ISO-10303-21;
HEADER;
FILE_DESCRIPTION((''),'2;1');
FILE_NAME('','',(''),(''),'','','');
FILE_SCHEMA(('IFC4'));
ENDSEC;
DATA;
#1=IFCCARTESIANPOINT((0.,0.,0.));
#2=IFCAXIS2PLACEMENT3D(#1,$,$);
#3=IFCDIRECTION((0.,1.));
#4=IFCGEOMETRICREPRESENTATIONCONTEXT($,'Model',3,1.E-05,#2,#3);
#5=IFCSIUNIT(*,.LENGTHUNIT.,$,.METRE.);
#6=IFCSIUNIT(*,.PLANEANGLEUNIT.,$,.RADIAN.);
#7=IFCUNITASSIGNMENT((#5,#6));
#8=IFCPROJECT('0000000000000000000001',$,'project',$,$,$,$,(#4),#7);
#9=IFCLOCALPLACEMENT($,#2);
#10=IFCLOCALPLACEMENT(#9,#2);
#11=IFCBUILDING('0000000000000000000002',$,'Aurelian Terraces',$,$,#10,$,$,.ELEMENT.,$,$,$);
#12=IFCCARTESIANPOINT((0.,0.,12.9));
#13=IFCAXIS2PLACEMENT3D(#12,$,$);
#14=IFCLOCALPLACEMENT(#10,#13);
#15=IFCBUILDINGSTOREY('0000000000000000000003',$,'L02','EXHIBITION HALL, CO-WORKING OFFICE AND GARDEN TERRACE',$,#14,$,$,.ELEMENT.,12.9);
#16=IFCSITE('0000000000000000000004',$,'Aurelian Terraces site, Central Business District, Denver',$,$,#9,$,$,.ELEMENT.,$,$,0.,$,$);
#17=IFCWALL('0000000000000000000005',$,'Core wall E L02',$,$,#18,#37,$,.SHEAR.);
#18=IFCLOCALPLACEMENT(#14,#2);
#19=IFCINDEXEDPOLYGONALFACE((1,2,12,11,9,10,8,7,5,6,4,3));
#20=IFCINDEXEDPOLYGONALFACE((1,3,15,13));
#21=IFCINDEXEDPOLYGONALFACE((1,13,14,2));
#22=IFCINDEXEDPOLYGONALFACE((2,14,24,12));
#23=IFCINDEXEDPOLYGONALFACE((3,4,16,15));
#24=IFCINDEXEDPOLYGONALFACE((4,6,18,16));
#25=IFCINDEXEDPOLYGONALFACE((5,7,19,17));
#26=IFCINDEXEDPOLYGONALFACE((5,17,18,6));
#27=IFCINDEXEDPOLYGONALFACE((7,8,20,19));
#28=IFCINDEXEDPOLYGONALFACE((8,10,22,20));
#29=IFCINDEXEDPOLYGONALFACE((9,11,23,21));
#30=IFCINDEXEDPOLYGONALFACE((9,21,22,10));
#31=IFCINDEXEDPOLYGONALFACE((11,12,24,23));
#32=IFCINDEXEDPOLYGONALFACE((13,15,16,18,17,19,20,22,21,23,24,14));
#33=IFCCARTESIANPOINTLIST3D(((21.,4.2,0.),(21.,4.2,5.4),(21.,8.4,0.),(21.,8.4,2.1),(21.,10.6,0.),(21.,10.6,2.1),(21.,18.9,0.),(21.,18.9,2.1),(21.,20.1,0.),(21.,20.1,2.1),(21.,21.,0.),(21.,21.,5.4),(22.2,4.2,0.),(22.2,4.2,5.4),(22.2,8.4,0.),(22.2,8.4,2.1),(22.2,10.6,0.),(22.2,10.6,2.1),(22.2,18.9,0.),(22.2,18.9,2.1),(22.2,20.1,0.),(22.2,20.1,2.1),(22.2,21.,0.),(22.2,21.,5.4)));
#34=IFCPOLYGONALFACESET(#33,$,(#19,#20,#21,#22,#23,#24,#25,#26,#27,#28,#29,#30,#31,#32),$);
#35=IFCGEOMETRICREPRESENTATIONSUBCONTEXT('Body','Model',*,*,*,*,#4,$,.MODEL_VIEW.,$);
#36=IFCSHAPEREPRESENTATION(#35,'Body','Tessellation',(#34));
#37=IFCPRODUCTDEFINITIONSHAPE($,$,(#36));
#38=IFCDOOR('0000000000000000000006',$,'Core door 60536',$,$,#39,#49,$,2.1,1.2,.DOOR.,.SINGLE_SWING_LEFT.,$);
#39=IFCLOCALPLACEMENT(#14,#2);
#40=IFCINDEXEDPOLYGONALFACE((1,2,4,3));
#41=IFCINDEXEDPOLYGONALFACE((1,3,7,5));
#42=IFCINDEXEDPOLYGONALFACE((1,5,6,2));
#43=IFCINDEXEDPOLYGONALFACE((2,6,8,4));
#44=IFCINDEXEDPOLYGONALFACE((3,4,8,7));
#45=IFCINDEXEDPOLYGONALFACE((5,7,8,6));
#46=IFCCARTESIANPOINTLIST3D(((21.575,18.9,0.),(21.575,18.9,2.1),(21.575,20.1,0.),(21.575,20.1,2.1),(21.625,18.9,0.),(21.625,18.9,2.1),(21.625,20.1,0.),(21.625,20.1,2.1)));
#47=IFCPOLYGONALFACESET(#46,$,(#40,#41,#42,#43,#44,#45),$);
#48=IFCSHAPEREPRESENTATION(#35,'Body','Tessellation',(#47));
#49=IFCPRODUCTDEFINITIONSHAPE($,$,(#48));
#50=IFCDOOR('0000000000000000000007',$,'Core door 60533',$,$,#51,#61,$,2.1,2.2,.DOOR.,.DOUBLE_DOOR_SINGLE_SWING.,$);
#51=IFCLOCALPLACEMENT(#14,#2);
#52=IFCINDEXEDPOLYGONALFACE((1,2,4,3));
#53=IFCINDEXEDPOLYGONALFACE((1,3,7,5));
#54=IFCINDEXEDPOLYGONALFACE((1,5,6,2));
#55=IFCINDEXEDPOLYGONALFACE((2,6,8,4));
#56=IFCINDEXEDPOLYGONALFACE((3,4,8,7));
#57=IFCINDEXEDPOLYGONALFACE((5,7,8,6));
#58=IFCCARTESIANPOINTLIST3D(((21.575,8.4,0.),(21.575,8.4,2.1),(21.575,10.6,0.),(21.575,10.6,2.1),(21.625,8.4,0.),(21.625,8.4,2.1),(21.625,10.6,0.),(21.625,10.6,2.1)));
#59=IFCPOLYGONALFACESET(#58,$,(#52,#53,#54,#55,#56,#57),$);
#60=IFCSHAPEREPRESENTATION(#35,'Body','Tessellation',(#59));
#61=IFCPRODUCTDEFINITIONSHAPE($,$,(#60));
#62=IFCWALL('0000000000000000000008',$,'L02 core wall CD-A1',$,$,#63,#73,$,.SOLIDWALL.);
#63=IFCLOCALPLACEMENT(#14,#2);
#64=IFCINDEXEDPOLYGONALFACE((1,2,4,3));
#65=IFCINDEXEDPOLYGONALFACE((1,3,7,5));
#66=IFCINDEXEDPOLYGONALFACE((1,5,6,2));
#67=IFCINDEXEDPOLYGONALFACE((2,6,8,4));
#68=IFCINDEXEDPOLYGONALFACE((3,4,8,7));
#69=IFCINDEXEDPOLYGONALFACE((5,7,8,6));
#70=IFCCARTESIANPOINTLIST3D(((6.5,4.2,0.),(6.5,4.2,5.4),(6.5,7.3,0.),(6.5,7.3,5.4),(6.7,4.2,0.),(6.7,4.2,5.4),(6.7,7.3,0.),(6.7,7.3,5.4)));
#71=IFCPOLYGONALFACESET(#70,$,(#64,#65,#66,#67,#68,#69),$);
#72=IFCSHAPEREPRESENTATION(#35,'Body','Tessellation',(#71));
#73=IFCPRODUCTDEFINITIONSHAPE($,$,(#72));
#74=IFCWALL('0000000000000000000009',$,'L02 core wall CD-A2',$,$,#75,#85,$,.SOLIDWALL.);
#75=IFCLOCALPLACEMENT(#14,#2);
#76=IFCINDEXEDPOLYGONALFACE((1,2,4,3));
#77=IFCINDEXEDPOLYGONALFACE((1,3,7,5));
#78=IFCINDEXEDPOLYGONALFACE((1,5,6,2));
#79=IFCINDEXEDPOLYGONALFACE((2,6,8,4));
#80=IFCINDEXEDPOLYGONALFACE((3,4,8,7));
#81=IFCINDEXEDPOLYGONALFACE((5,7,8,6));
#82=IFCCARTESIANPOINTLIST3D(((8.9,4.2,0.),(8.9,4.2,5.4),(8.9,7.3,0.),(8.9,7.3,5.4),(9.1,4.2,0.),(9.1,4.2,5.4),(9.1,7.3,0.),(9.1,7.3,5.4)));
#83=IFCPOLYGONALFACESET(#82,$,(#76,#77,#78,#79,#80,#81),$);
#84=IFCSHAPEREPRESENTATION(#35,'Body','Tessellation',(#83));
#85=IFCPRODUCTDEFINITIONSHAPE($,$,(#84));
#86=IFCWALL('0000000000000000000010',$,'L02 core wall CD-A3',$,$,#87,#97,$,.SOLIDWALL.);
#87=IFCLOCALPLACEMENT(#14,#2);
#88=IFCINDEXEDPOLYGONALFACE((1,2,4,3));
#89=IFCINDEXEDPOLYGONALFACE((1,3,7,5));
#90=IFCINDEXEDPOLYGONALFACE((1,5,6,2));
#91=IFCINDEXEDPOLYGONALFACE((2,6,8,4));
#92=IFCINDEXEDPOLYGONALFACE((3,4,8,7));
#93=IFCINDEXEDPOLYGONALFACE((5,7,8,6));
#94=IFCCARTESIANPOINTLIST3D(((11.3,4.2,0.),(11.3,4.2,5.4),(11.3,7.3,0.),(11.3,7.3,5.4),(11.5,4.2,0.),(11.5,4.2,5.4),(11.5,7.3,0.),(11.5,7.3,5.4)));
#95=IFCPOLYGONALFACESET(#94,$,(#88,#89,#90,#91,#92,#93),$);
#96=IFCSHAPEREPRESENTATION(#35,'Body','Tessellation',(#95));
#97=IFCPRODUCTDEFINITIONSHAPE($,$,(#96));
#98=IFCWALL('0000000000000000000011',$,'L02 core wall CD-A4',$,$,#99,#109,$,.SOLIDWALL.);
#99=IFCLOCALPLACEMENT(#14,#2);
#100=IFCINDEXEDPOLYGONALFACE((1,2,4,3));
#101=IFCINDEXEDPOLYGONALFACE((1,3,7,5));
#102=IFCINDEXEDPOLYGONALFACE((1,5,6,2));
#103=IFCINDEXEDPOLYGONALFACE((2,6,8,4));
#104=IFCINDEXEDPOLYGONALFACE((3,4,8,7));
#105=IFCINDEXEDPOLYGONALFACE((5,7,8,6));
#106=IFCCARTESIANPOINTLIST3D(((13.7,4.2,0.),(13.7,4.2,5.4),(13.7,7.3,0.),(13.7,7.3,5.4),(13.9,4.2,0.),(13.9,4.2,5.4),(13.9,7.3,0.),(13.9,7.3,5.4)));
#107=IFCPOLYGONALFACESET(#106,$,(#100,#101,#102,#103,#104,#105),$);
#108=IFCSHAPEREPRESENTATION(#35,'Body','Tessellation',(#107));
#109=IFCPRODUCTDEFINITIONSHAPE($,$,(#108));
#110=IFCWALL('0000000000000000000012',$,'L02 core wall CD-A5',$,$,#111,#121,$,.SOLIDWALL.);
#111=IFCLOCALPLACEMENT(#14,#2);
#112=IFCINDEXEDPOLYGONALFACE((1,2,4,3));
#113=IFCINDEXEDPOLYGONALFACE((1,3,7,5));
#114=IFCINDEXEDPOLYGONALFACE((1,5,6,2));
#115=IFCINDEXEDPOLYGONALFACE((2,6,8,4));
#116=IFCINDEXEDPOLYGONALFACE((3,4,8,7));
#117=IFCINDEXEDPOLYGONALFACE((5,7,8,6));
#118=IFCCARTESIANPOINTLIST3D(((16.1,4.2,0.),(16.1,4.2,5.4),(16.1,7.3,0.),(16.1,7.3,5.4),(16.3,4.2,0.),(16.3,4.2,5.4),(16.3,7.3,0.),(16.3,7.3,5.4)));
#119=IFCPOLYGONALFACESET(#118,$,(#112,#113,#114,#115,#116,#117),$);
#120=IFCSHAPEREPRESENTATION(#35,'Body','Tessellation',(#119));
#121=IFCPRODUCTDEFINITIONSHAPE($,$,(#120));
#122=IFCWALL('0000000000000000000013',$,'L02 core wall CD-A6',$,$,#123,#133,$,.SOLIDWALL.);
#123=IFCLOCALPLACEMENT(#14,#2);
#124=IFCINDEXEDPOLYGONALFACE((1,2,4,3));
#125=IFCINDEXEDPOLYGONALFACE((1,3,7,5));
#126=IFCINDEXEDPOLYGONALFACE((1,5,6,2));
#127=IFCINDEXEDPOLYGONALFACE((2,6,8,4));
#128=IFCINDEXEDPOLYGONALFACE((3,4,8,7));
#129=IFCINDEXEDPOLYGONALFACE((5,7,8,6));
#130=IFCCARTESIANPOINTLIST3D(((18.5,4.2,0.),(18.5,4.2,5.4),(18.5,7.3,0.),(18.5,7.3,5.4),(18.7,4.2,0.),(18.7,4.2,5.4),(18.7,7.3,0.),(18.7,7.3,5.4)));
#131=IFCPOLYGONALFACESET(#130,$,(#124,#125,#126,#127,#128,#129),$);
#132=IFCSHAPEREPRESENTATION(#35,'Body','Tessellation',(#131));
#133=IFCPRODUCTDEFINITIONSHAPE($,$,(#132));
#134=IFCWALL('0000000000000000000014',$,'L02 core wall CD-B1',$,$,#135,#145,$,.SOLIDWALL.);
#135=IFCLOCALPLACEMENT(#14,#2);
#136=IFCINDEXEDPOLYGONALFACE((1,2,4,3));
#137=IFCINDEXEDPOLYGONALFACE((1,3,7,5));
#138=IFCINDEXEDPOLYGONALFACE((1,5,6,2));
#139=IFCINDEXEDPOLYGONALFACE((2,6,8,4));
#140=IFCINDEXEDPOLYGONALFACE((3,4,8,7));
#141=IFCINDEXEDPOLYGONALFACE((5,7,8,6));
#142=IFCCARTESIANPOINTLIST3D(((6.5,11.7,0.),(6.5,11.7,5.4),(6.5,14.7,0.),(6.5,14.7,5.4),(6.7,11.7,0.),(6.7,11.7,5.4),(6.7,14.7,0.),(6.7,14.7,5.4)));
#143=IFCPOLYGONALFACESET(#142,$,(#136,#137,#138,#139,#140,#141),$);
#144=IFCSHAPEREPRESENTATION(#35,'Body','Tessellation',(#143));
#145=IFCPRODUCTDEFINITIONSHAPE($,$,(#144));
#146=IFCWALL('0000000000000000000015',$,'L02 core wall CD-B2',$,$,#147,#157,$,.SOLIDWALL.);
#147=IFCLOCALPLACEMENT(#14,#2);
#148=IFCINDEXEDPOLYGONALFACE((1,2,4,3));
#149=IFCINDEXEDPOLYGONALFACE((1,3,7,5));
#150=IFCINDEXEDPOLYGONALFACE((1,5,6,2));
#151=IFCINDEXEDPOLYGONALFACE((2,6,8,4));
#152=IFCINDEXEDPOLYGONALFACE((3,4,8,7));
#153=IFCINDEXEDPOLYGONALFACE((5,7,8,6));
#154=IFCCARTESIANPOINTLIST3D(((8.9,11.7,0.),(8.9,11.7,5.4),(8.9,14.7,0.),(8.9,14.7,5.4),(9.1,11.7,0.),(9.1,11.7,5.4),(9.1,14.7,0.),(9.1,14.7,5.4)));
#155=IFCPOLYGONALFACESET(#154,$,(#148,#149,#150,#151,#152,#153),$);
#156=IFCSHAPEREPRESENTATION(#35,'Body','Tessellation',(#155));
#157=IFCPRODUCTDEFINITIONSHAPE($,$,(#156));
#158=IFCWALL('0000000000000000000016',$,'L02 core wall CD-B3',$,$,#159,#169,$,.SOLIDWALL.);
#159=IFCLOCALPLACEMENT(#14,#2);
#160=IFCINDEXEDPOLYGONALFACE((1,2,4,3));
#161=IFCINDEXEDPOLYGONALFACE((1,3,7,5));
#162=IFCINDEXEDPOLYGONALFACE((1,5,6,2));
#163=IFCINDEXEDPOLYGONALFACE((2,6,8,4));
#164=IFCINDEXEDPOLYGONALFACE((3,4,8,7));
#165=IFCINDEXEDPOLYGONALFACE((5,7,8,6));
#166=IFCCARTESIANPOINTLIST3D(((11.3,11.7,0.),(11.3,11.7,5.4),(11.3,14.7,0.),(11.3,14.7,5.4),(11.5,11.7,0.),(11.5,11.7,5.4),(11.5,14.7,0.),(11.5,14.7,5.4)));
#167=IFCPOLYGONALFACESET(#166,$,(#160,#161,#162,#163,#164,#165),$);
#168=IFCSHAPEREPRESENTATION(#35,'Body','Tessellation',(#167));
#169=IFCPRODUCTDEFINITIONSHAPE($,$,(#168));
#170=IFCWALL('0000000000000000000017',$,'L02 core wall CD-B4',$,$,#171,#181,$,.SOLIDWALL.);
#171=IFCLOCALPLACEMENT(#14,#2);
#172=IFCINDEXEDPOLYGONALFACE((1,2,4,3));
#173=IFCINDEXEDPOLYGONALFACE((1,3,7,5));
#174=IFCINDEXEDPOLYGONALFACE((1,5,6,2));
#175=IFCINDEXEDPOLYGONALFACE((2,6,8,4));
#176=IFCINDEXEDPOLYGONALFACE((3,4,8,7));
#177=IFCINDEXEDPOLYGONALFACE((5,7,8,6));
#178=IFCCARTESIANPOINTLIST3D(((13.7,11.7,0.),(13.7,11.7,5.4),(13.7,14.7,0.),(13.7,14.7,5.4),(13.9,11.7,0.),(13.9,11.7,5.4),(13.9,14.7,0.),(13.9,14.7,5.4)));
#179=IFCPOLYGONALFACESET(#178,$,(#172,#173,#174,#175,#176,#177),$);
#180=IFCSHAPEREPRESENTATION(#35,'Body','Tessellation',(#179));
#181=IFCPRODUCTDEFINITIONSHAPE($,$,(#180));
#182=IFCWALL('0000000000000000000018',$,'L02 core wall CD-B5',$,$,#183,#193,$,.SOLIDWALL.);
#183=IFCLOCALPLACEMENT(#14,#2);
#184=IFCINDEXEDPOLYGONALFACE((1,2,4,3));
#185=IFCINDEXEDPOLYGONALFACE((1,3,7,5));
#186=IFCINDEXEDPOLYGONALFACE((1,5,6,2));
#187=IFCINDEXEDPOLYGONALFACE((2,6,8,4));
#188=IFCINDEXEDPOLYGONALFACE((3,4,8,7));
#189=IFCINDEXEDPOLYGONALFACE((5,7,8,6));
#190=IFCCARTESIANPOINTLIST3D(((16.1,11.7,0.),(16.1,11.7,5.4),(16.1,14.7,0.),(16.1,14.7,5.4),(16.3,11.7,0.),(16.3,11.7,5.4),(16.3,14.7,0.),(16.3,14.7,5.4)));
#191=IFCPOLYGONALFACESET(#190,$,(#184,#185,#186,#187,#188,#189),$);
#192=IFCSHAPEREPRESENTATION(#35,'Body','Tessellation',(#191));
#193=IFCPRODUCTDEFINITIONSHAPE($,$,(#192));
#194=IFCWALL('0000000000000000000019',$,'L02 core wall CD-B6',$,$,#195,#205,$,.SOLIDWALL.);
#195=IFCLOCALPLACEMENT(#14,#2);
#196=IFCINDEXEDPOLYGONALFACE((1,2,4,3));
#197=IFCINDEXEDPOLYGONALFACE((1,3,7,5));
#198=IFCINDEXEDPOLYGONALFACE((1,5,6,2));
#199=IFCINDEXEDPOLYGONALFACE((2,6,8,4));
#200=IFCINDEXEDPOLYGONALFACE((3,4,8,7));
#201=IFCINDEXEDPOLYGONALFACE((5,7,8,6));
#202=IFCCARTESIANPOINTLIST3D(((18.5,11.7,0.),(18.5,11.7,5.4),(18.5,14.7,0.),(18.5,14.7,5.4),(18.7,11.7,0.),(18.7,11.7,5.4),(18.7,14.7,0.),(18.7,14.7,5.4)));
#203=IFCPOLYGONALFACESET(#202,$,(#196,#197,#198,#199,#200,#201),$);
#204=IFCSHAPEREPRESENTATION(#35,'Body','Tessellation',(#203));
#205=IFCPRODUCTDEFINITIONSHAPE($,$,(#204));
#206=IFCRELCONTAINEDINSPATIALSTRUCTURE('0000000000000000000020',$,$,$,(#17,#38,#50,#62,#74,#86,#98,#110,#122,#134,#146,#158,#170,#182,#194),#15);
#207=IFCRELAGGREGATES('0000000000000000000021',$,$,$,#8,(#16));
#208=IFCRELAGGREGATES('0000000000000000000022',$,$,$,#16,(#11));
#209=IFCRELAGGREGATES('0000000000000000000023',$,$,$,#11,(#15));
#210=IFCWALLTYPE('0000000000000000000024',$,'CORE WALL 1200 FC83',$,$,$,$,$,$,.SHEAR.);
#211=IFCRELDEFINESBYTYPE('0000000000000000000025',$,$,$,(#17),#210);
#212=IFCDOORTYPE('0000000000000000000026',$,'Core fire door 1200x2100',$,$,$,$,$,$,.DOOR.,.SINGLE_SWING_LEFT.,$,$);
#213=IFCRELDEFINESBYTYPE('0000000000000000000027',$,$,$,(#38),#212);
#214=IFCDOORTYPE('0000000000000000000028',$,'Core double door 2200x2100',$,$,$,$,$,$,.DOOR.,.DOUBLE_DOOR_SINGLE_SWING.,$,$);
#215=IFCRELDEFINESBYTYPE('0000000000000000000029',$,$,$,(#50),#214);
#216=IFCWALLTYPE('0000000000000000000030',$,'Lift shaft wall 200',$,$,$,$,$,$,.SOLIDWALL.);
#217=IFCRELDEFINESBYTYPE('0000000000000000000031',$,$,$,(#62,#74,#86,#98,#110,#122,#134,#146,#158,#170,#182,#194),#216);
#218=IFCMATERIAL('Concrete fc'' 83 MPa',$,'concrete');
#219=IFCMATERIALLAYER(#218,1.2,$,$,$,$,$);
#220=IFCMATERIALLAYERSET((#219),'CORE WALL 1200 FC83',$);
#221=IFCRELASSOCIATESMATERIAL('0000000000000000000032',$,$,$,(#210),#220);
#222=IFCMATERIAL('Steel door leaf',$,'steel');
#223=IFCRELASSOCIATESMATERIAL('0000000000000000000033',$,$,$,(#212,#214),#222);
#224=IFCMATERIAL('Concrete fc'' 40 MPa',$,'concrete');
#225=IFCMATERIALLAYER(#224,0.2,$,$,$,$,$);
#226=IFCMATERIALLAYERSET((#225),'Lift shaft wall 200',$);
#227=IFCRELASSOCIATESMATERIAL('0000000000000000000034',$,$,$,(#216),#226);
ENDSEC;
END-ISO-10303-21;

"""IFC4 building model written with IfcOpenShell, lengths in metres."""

from ifc_helpers import new_model, si_unit, direction, frame, frame_2d, origin, place, context, subcontext, project, spatial, rectangle, extrude, source, transform, mapped, material, layer, layer_set, type_object, element, fill, save


model = new_model("IFC4")

# Units and contexts
model_context = context("Model", 3, precision=1e-05, world=origin(), true_north=direction((0.0, 1.0)))
body_context = subcontext(model_context, "Body", "Model", "MODEL_VIEW")
ifc_project = project(units=[si_unit("LENGTHUNIT", "METRE"), si_unit("PLANEANGLEUNIT", "RADIAN")], contexts=[model_context])

# Site, building, storey
site_placement = place(None, origin())
site = spatial("IfcSite", under=ifc_project, at=site_placement, Name="Aurelian Terraces site, Central Business District, Denver", CompositionType="ELEMENT", RefElevation=0.0)
building_placement = place(site_placement, origin())
building = spatial("IfcBuilding", under=site, at=building_placement, Name="Aurelian Terraces", CompositionType="ELEMENT")
storey_placement = place(building_placement, frame((0.0, 0.0, 12.9)))
storey = spatial("IfcBuildingStorey", under=building, at=storey_placement, Name="L02", Description="EXHIBITION HALL, CO-WORKING OFFICE AND GARDEN TERRACE", CompositionType="ELEMENT", Elevation=12.9)

# Wall, openings, doors
ifc_material_1 = material(Name="Concrete fc' 83 MPa", Category="concrete")
ifc_layer_1 = layer(ifc_material_1, 1.2)
ifc_layer_set_1 = layer_set([ifc_layer_1], Name="CORE WALL 1200 FC83")
wall_type_1 = type_object("IfcWallType", Name="CORE WALL 1200 FC83", PredefinedType="SHEAR", material=ifc_layer_set_1)
shared_shape_1 = source(origin(), body_context, "Body", "SweptSolid", [
    extrude(rectangle(XDim=16.8, YDim=1.2, at=frame_2d((8.4, 0.0))), origin(), (0.0, 0.0, 1.0), 5.4),
])
wall_1_placement = place(storey_placement, frame((21.6, 4.2, 0.0), z_axis=(0.0, 0.0, 1.0), x_axis=(0.0, 1.0, 0.0)))
wall_1 = element("IfcWall", 1, at=wall_1_placement, inside=storey, type_object=wall_type_1, Name="Core wall E L02", PredefinedType="SHEAR", context=body_context, shape_type="MappedRepresentation", body=[
    mapped(shared_shape_1, transform((0.0, 0.0, 0.0), scale=1.0)),
])
shared_shape_2 = source(origin(), body_context, "Body", "SweptSolid", [
    extrude(rectangle(XDim=2.2, YDim=2.1, at=frame_2d((1.1, 1.05))), frame((0.0, 0.61, 0.0), z_axis=(0.0, -1.0, 0.0), x_axis=(1.0, 0.0, 0.0)), (0.0, 0.0, 1.0), 1.22),
])
opening_1_placement = place(wall_1_placement, frame((4.2, 0.0, 0.0)))
opening_1 = element("IfcOpeningElement", 2, at=opening_1_placement, cuts=wall_1, PredefinedType="OPENING", context=body_context, shape_type="MappedRepresentation", body=[
    mapped(shared_shape_2, transform((0.0, 0.0, 0.0), scale=1.0)),
])
shared_shape_3 = source(origin(), body_context, "Body", "SweptSolid", [
    extrude(rectangle(XDim=1.2, YDim=2.1, at=frame_2d((0.6, 1.05))), frame((0.0, 0.61, 0.0), z_axis=(0.0, -1.0, 0.0), x_axis=(1.0, 0.0, 0.0)), (0.0, 0.0, 1.0), 1.22),
])
opening_2_placement = place(wall_1_placement, frame((14.7, 0.0, 0.0)))
opening_2 = element("IfcOpeningElement", 3, at=opening_2_placement, cuts=wall_1, PredefinedType="OPENING", context=body_context, shape_type="MappedRepresentation", body=[
    mapped(shared_shape_3, transform((0.0, 0.0, 0.0), scale=1.0)),
])
ifc_material_2 = material(Name="Steel door leaf", Category="steel")
door_type_1 = type_object("IfcDoorType", Name="Core fire door 1200x2100", OperationType="SINGLE_SWING_LEFT", PredefinedType="DOOR", material=ifc_material_2)
shared_shape_4 = source(origin(), body_context, "Body", "SweptSolid", [
    extrude(rectangle(XDim=1.2, YDim=2.1, at=frame_2d((0.6, 1.05))), frame((0.0, 0.025, 0.0), z_axis=(0.0, -1.0, 0.0), x_axis=(1.0, 0.0, 0.0)), (0.0, 0.0, 1.0), 0.05),
])
door_1_placement = place(opening_2_placement, origin())
door_1 = element("IfcDoor", 4, at=door_1_placement, inside=storey, type_object=door_type_1, Name="Core door 60536", OperationType="SINGLE_SWING_LEFT", OverallHeight=2.1, OverallWidth=1.2, PredefinedType="DOOR", context=body_context, shape_type="MappedRepresentation", body=[
    mapped(shared_shape_4, transform((0.0, 0.0, 0.0), scale=1.0)),
])
fill(opening_2, door_1)
door_type_2 = type_object("IfcDoorType", Name="Core double door 2200x2100", OperationType="DOUBLE_DOOR_SINGLE_SWING", PredefinedType="DOOR", material=ifc_material_2)
shared_shape_5 = source(origin(), body_context, "Body", "SweptSolid", [
    extrude(rectangle(XDim=2.2, YDim=2.1, at=frame_2d((1.1, 1.05))), frame((0.0, 0.025, 0.0), z_axis=(0.0, -1.0, 0.0), x_axis=(1.0, 0.0, 0.0)), (0.0, 0.0, 1.0), 0.05),
])
door_2_placement = place(opening_1_placement, origin())
door_2 = element("IfcDoor", 5, at=door_2_placement, inside=storey, type_object=door_type_2, Name="Core door 60533", OperationType="DOUBLE_DOOR_SINGLE_SWING", OverallHeight=2.1, OverallWidth=2.2, PredefinedType="DOOR", context=body_context, shape_type="MappedRepresentation", body=[
    mapped(shared_shape_5, transform((0.0, 0.0, 0.0), scale=1.0)),
])
fill(opening_1, door_2)

# Walls
ifc_material_3 = material(Name="Concrete fc' 40 MPa", Category="concrete")
ifc_layer_2 = layer(ifc_material_3, 0.2)
ifc_layer_set_2 = layer_set([ifc_layer_2], Name="Lift shaft wall 200")
wall_type_2 = type_object("IfcWallType", Name="Lift shaft wall 200", PredefinedType="SOLIDWALL", material=ifc_layer_set_2)
shared_shape_6 = source(origin(), body_context, "Body", "SweptSolid", [
    extrude(rectangle(XDim=3.1, YDim=0.2, at=frame_2d((1.55, 0.0))), origin(), (0.0, 0.0, 1.0), 5.4),
])
for number, where, z_axis, x_axis, name in (
    (6, (6.6, 4.2, 0.0), (0.0, 0.0, 1.0), (0.0, 1.0, 0.0), "L02 core wall CD-A1"),
    (7, (9.0, 4.2, 0.0), (0.0, 0.0, 1.0), (0.0, 1.0, 0.0), "L02 core wall CD-A2"),
    (8, (11.4, 4.2, 0.0), (0.0, 0.0, 1.0), (0.0, 1.0, 0.0), "L02 core wall CD-A3"),
    (9, (13.8, 4.2, 0.0), (0.0, 0.0, 1.0), (0.0, 1.0, 0.0), "L02 core wall CD-A4"),
    (10, (16.2, 4.2, 0.0), (0.0, 0.0, 1.0), (0.0, 1.0, 0.0), "L02 core wall CD-A5"),
    (11, (18.6, 4.2, 0.0), (0.0, 0.0, 1.0), (0.0, 1.0, 0.0), "L02 core wall CD-A6"),
):
    element("IfcWall", number, at=place(storey_placement, frame(where, z_axis=z_axis, x_axis=x_axis)), inside=storey, type_object=wall_type_2, Name=name, PredefinedType="SOLIDWALL", context=body_context, shape_type="MappedRepresentation", body=[
        mapped(shared_shape_6, transform((0.0, 0.0, 0.0), scale=1.0)),
    ])
shared_shape_7 = source(origin(), body_context, "Body", "SweptSolid", [
    extrude(rectangle(XDim=3.0, YDim=0.2, at=frame_2d((1.5, 0.0))), origin(), (0.0, 0.0, 1.0), 5.4),
])
for number, where, z_axis, x_axis, name in (
    (12, (6.6, 11.7, 0.0), (0.0, 0.0, 1.0), (0.0, 1.0, 0.0), "L02 core wall CD-B1"),
    (13, (9.0, 11.7, 0.0), (0.0, 0.0, 1.0), (0.0, 1.0, 0.0), "L02 core wall CD-B2"),
    (14, (11.4, 11.7, 0.0), (0.0, 0.0, 1.0), (0.0, 1.0, 0.0), "L02 core wall CD-B3"),
    (15, (13.8, 11.7, 0.0), (0.0, 0.0, 1.0), (0.0, 1.0, 0.0), "L02 core wall CD-B4"),
    (16, (16.2, 11.7, 0.0), (0.0, 0.0, 1.0), (0.0, 1.0, 0.0), "L02 core wall CD-B5"),
    (17, (18.6, 11.7, 0.0), (0.0, 0.0, 1.0), (0.0, 1.0, 0.0), "L02 core wall CD-B6"),
):
    element("IfcWall", number, at=place(storey_placement, frame(where, z_axis=z_axis, x_axis=x_axis)), inside=storey, type_object=wall_type_2, Name=name, PredefinedType="SOLIDWALL", context=body_context, shape_type="MappedRepresentation", body=[
        mapped(shared_shape_7, transform((0.0, 0.0, 0.0), scale=1.0)),
    ])

save(model, "model.ifc")
